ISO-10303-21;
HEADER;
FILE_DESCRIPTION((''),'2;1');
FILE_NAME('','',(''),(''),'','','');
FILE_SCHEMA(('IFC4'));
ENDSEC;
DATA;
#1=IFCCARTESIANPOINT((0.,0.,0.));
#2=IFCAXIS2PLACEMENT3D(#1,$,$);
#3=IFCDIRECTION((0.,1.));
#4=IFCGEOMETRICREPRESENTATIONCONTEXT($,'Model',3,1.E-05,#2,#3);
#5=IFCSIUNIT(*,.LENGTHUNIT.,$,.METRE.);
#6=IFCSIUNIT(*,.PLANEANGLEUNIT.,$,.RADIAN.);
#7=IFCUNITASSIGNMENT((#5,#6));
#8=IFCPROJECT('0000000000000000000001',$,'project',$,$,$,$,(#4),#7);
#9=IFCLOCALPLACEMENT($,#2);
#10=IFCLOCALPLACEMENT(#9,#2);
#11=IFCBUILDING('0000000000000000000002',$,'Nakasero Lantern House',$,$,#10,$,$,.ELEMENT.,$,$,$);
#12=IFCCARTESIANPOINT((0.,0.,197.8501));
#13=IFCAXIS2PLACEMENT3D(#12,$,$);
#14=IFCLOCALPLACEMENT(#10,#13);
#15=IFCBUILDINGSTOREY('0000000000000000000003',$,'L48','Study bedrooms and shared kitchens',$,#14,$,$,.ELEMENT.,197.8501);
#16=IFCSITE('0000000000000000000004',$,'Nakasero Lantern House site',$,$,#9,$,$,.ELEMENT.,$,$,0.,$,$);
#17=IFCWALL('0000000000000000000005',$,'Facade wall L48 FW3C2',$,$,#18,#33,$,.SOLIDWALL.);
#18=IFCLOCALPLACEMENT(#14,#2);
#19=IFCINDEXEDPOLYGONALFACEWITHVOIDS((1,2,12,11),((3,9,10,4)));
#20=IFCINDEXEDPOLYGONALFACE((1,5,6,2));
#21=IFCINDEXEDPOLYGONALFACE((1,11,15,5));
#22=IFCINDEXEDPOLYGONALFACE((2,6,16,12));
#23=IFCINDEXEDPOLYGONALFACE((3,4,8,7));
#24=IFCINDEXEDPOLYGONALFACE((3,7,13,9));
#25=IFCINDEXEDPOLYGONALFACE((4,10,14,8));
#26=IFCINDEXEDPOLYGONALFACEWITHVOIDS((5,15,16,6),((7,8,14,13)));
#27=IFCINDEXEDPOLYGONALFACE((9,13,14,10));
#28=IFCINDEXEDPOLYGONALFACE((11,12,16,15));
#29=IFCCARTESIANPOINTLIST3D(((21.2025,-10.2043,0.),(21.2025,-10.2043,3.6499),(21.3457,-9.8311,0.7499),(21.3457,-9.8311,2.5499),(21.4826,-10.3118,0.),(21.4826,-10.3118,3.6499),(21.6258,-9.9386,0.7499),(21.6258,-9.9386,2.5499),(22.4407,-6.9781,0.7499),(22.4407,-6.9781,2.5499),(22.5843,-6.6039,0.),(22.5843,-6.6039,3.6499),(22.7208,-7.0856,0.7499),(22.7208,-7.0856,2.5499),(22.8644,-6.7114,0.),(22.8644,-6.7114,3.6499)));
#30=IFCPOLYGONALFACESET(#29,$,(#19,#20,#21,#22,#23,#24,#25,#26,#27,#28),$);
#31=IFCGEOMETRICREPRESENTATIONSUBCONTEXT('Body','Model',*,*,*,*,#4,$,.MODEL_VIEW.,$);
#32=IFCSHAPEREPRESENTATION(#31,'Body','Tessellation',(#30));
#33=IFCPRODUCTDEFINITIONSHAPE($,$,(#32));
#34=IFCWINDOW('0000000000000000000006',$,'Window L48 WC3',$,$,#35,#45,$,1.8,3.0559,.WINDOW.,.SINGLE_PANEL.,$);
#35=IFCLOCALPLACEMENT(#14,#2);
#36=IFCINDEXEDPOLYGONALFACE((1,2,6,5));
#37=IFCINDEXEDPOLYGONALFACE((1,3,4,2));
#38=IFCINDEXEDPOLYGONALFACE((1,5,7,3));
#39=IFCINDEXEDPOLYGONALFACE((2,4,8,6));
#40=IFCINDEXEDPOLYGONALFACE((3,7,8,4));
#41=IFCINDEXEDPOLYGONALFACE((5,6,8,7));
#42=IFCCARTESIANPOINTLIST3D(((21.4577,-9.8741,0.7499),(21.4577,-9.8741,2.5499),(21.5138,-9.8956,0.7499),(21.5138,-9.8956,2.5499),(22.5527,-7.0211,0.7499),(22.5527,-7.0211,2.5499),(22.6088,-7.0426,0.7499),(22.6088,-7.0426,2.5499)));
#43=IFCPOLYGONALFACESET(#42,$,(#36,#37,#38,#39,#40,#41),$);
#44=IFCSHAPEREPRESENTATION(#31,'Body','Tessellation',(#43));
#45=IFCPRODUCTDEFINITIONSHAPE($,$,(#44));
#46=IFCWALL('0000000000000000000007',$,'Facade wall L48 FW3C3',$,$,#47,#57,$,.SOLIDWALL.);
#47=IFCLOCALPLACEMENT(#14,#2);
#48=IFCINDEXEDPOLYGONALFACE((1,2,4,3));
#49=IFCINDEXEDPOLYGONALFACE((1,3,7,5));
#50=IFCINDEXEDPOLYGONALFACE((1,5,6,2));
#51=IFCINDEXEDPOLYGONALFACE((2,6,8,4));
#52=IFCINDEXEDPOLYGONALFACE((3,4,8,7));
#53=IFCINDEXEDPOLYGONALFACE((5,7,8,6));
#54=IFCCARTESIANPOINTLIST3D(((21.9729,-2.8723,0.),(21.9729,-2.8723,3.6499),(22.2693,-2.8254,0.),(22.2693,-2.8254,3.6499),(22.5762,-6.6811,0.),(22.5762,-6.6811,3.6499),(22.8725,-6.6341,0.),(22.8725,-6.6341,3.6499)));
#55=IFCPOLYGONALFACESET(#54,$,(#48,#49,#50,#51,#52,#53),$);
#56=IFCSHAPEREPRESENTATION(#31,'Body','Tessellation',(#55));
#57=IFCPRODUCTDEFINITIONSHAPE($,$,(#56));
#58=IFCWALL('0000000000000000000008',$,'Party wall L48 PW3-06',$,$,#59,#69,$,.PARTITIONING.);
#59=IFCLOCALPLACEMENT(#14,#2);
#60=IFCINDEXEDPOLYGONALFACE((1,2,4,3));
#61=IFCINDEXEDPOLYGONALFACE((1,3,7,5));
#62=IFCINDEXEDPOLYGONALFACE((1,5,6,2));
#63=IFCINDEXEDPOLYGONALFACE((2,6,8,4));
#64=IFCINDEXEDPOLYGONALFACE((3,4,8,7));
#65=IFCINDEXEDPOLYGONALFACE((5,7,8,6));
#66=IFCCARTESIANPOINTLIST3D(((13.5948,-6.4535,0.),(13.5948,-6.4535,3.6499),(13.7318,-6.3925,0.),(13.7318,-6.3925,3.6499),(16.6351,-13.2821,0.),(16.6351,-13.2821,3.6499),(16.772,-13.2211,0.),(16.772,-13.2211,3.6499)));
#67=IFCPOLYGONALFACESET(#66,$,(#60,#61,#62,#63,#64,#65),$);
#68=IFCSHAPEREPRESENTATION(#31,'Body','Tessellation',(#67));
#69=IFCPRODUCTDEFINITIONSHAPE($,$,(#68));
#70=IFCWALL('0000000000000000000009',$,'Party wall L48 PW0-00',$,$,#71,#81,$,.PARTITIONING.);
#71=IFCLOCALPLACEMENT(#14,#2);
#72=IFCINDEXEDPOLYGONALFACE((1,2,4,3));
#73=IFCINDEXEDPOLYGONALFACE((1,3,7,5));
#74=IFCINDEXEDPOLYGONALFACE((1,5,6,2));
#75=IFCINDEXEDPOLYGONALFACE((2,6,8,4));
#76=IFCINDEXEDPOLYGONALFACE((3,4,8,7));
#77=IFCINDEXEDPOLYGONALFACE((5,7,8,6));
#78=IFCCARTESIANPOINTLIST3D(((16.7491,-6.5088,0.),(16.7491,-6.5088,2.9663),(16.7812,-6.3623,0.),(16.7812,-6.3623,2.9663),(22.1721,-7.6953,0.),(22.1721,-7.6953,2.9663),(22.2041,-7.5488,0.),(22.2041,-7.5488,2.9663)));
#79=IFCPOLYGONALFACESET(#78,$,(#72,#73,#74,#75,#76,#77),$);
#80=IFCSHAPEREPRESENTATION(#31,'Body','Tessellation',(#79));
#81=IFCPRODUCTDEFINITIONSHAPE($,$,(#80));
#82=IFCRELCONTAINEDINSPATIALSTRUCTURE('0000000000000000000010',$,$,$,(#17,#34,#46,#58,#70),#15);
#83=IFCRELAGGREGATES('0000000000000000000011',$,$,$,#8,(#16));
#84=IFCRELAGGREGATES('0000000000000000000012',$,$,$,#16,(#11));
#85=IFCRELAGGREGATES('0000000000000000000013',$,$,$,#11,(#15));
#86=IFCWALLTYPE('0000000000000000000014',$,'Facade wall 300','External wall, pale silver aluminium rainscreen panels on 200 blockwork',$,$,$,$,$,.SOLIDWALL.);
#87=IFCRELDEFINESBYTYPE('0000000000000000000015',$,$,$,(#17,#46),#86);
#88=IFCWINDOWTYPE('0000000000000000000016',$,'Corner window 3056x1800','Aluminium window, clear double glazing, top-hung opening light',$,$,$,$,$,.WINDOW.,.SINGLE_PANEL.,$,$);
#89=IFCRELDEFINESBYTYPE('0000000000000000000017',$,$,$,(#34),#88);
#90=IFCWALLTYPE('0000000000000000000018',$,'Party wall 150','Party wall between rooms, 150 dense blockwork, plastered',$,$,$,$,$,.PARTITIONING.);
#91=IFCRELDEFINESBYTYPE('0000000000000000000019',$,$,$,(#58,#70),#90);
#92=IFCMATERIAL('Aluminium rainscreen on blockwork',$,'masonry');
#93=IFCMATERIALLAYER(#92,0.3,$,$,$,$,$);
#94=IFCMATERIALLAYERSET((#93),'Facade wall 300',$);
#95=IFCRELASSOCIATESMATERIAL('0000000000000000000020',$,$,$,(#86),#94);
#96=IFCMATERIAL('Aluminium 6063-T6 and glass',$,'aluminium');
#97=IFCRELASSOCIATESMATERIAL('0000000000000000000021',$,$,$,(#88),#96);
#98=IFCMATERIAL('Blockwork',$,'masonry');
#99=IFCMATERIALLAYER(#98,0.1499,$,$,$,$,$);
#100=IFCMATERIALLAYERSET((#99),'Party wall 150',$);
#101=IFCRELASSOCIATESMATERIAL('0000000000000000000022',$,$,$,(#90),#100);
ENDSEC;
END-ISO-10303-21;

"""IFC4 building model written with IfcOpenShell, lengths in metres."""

from ifc_helpers import new_model, si_unit, direction, frame, frame_2d, origin, place, context, subcontext, project, spatial, rectangle, extrude, material, layer, layer_set, type_object, element, fill, save


model = new_model("IFC4")

# Units and contexts
model_context = context("Model", 3, precision=1e-05, world=origin(), true_north=direction((0.0, 1.0)))
body_context = subcontext(model_context, "Body", "Model", "MODEL_VIEW")
ifc_project = project(units=[si_unit("LENGTHUNIT", "METRE"), si_unit("PLANEANGLEUNIT", "RADIAN")], contexts=[model_context])

# Site, building, storey
site_placement = place(None, origin())
site = spatial("IfcSite", under=ifc_project, at=site_placement, Name="Nakasero Lantern House site", CompositionType="ELEMENT", RefElevation=0.0)
building_placement = place(site_placement, origin())
building = spatial("IfcBuilding", under=site, at=building_placement, Name="Nakasero Lantern House", CompositionType="ELEMENT")
storey_placement = place(building_placement, frame((0.0, 0.0, 197.8501)))
storey = spatial("IfcBuildingStorey", under=building, at=storey_placement, Name="L48", Description="Study bedrooms and shared kitchens", CompositionType="ELEMENT", Elevation=197.8501)

# Shared definitions
ifc_material_1 = material(Name="Aluminium rainscreen on blockwork", Category="masonry")
ifc_layer_1 = layer(ifc_material_1, 0.3)
ifc_layer_set_1 = layer_set([ifc_layer_1], Name="Facade wall 300")
wall_type_1 = type_object("IfcWallType", Name="Facade wall 300", Description="External wall, pale silver aluminium rainscreen panels on 200 blockwork", PredefinedType="SOLIDWALL", material=ifc_layer_set_1)

# Wall, opening, window
wall_1_placement = place(storey_placement, frame((21.3425, -10.2581, 0.0), z_axis=(0.0, 0.0, 1.0), x_axis=(0.358321, 0.933598, 0.0)))
wall_1 = element("IfcWall", 1, at=wall_1_placement, inside=storey, type_object=wall_type_1, Name="Facade wall L48 FW3C2", PredefinedType="SOLIDWALL", context=body_context, shape_type="SweptSolid", body=[
    extrude(rectangle(XDim=3.8564, YDim=0.3, at=frame_2d((1.9282, 0.0))), origin(), (0.0, 0.0, 1.0), 3.6499),
])
opening_1_placement = place(wall_1_placement, frame((0.3999, 0.0, 0.75)))
opening_1 = element("IfcOpeningElement", 2, at=opening_1_placement, cuts=wall_1, PredefinedType="OPENING", context=body_context, shape_type="SweptSolid", body=[
    extrude(rectangle(XDim=3.0559, YDim=1.8, at=frame_2d((1.5278, 0.8999))), frame((0.0, 0.1699, 0.0), z_axis=(0.0, -1.0, 0.0), x_axis=(1.0, 0.0, 0.0)), (0.0, 0.0, 1.0), 0.3401),
])
ifc_material_2 = material(Name="Aluminium 6063-T6 and glass", Category="aluminium")
window_type_1 = type_object("IfcWindowType", Name="Corner window 3056x1800", Description="Aluminium window, clear double glazing, top-hung opening light", PartitioningType="SINGLE_PANEL", PredefinedType="WINDOW", material=ifc_material_2)
window_1_placement = place(opening_1_placement, origin())
window_1 = element("IfcWindow", 3, at=window_1_placement, inside=storey, type_object=window_type_1, Name="Window L48 WC3", OverallHeight=1.8, OverallWidth=3.0559, PartitioningType="SINGLE_PANEL", PredefinedType="WINDOW", context=body_context, shape_type="SweptSolid", body=[
    extrude(rectangle(XDim=3.0559, YDim=1.8, at=frame_2d((1.5278, 0.8999))), frame((0.0, 0.03, 0.0), z_axis=(0.0, -1.0, 0.0), x_axis=(1.0, 0.0, 0.0)), (0.0, 0.0, 1.0), 0.0601),
])
fill(opening_1, window_1)

# Walls
wall_2_placement = place(storey_placement, frame((22.7244, -6.6577, 0.0), z_axis=(0.0, 0.0, 1.0), x_axis=(-0.156437, 0.987688, 0.0)))
element("IfcWall", 4, at=wall_2_placement, inside=storey, type_object=wall_type_1, Name="Facade wall L48 FW3C3", PredefinedType="SOLIDWALL", context=body_context, shape_type="SweptSolid", body=[
    extrude(rectangle(XDim=3.8562, YDim=0.3, at=frame_2d((1.9282, 0.0))), origin(), (0.0, 0.0, 1.0), 3.6499),
])
ifc_material_3 = material(Name="Blockwork", Category="masonry")
ifc_layer_2 = layer(ifc_material_3, 0.1499)
ifc_layer_set_2 = layer_set([ifc_layer_2], Name="Party wall 150")
wall_type_2 = type_object("IfcWallType", Name="Party wall 150", Description="Party wall between rooms, 150 dense blockwork, plastered", PredefinedType="PARTITIONING", material=ifc_layer_set_2)
wall_3_placement = place(storey_placement, frame((13.6633, -6.4231, 0.0), z_axis=(0.0, 0.0, 1.0), x_axis=(0.406735, -0.913546, 0.0)))
element("IfcWall", 5, at=wall_3_placement, inside=storey, type_object=wall_type_2, Name="Party wall L48 PW3-06", PredefinedType="PARTITIONING", context=body_context, shape_type="SweptSolid", body=[
    extrude(rectangle(XDim=7.4749, YDim=0.1499, at=frame_2d((3.7373, 0.0))), origin(), (0.0, 0.0, 1.0), 3.6499),
])
wall_4_placement = place(storey_placement, frame((16.7651, -6.4355, 0.0), z_axis=(0.0, 0.0, 1.0), x_axis=(0.976892, -0.213735, 0.0)))
element("IfcWall", 6, at=wall_4_placement, inside=storey, type_object=wall_type_2, Name="Party wall L48 PW0-00", PredefinedType="PARTITIONING", context=body_context, shape_type="SweptSolid", body=[
    extrude(rectangle(XDim=5.5513, YDim=0.1499, at=frame_2d((2.7756, 0.0))), origin(), (0.0, 0.0, 1.0), 2.9663),
])

save(model, "model.ifc")
